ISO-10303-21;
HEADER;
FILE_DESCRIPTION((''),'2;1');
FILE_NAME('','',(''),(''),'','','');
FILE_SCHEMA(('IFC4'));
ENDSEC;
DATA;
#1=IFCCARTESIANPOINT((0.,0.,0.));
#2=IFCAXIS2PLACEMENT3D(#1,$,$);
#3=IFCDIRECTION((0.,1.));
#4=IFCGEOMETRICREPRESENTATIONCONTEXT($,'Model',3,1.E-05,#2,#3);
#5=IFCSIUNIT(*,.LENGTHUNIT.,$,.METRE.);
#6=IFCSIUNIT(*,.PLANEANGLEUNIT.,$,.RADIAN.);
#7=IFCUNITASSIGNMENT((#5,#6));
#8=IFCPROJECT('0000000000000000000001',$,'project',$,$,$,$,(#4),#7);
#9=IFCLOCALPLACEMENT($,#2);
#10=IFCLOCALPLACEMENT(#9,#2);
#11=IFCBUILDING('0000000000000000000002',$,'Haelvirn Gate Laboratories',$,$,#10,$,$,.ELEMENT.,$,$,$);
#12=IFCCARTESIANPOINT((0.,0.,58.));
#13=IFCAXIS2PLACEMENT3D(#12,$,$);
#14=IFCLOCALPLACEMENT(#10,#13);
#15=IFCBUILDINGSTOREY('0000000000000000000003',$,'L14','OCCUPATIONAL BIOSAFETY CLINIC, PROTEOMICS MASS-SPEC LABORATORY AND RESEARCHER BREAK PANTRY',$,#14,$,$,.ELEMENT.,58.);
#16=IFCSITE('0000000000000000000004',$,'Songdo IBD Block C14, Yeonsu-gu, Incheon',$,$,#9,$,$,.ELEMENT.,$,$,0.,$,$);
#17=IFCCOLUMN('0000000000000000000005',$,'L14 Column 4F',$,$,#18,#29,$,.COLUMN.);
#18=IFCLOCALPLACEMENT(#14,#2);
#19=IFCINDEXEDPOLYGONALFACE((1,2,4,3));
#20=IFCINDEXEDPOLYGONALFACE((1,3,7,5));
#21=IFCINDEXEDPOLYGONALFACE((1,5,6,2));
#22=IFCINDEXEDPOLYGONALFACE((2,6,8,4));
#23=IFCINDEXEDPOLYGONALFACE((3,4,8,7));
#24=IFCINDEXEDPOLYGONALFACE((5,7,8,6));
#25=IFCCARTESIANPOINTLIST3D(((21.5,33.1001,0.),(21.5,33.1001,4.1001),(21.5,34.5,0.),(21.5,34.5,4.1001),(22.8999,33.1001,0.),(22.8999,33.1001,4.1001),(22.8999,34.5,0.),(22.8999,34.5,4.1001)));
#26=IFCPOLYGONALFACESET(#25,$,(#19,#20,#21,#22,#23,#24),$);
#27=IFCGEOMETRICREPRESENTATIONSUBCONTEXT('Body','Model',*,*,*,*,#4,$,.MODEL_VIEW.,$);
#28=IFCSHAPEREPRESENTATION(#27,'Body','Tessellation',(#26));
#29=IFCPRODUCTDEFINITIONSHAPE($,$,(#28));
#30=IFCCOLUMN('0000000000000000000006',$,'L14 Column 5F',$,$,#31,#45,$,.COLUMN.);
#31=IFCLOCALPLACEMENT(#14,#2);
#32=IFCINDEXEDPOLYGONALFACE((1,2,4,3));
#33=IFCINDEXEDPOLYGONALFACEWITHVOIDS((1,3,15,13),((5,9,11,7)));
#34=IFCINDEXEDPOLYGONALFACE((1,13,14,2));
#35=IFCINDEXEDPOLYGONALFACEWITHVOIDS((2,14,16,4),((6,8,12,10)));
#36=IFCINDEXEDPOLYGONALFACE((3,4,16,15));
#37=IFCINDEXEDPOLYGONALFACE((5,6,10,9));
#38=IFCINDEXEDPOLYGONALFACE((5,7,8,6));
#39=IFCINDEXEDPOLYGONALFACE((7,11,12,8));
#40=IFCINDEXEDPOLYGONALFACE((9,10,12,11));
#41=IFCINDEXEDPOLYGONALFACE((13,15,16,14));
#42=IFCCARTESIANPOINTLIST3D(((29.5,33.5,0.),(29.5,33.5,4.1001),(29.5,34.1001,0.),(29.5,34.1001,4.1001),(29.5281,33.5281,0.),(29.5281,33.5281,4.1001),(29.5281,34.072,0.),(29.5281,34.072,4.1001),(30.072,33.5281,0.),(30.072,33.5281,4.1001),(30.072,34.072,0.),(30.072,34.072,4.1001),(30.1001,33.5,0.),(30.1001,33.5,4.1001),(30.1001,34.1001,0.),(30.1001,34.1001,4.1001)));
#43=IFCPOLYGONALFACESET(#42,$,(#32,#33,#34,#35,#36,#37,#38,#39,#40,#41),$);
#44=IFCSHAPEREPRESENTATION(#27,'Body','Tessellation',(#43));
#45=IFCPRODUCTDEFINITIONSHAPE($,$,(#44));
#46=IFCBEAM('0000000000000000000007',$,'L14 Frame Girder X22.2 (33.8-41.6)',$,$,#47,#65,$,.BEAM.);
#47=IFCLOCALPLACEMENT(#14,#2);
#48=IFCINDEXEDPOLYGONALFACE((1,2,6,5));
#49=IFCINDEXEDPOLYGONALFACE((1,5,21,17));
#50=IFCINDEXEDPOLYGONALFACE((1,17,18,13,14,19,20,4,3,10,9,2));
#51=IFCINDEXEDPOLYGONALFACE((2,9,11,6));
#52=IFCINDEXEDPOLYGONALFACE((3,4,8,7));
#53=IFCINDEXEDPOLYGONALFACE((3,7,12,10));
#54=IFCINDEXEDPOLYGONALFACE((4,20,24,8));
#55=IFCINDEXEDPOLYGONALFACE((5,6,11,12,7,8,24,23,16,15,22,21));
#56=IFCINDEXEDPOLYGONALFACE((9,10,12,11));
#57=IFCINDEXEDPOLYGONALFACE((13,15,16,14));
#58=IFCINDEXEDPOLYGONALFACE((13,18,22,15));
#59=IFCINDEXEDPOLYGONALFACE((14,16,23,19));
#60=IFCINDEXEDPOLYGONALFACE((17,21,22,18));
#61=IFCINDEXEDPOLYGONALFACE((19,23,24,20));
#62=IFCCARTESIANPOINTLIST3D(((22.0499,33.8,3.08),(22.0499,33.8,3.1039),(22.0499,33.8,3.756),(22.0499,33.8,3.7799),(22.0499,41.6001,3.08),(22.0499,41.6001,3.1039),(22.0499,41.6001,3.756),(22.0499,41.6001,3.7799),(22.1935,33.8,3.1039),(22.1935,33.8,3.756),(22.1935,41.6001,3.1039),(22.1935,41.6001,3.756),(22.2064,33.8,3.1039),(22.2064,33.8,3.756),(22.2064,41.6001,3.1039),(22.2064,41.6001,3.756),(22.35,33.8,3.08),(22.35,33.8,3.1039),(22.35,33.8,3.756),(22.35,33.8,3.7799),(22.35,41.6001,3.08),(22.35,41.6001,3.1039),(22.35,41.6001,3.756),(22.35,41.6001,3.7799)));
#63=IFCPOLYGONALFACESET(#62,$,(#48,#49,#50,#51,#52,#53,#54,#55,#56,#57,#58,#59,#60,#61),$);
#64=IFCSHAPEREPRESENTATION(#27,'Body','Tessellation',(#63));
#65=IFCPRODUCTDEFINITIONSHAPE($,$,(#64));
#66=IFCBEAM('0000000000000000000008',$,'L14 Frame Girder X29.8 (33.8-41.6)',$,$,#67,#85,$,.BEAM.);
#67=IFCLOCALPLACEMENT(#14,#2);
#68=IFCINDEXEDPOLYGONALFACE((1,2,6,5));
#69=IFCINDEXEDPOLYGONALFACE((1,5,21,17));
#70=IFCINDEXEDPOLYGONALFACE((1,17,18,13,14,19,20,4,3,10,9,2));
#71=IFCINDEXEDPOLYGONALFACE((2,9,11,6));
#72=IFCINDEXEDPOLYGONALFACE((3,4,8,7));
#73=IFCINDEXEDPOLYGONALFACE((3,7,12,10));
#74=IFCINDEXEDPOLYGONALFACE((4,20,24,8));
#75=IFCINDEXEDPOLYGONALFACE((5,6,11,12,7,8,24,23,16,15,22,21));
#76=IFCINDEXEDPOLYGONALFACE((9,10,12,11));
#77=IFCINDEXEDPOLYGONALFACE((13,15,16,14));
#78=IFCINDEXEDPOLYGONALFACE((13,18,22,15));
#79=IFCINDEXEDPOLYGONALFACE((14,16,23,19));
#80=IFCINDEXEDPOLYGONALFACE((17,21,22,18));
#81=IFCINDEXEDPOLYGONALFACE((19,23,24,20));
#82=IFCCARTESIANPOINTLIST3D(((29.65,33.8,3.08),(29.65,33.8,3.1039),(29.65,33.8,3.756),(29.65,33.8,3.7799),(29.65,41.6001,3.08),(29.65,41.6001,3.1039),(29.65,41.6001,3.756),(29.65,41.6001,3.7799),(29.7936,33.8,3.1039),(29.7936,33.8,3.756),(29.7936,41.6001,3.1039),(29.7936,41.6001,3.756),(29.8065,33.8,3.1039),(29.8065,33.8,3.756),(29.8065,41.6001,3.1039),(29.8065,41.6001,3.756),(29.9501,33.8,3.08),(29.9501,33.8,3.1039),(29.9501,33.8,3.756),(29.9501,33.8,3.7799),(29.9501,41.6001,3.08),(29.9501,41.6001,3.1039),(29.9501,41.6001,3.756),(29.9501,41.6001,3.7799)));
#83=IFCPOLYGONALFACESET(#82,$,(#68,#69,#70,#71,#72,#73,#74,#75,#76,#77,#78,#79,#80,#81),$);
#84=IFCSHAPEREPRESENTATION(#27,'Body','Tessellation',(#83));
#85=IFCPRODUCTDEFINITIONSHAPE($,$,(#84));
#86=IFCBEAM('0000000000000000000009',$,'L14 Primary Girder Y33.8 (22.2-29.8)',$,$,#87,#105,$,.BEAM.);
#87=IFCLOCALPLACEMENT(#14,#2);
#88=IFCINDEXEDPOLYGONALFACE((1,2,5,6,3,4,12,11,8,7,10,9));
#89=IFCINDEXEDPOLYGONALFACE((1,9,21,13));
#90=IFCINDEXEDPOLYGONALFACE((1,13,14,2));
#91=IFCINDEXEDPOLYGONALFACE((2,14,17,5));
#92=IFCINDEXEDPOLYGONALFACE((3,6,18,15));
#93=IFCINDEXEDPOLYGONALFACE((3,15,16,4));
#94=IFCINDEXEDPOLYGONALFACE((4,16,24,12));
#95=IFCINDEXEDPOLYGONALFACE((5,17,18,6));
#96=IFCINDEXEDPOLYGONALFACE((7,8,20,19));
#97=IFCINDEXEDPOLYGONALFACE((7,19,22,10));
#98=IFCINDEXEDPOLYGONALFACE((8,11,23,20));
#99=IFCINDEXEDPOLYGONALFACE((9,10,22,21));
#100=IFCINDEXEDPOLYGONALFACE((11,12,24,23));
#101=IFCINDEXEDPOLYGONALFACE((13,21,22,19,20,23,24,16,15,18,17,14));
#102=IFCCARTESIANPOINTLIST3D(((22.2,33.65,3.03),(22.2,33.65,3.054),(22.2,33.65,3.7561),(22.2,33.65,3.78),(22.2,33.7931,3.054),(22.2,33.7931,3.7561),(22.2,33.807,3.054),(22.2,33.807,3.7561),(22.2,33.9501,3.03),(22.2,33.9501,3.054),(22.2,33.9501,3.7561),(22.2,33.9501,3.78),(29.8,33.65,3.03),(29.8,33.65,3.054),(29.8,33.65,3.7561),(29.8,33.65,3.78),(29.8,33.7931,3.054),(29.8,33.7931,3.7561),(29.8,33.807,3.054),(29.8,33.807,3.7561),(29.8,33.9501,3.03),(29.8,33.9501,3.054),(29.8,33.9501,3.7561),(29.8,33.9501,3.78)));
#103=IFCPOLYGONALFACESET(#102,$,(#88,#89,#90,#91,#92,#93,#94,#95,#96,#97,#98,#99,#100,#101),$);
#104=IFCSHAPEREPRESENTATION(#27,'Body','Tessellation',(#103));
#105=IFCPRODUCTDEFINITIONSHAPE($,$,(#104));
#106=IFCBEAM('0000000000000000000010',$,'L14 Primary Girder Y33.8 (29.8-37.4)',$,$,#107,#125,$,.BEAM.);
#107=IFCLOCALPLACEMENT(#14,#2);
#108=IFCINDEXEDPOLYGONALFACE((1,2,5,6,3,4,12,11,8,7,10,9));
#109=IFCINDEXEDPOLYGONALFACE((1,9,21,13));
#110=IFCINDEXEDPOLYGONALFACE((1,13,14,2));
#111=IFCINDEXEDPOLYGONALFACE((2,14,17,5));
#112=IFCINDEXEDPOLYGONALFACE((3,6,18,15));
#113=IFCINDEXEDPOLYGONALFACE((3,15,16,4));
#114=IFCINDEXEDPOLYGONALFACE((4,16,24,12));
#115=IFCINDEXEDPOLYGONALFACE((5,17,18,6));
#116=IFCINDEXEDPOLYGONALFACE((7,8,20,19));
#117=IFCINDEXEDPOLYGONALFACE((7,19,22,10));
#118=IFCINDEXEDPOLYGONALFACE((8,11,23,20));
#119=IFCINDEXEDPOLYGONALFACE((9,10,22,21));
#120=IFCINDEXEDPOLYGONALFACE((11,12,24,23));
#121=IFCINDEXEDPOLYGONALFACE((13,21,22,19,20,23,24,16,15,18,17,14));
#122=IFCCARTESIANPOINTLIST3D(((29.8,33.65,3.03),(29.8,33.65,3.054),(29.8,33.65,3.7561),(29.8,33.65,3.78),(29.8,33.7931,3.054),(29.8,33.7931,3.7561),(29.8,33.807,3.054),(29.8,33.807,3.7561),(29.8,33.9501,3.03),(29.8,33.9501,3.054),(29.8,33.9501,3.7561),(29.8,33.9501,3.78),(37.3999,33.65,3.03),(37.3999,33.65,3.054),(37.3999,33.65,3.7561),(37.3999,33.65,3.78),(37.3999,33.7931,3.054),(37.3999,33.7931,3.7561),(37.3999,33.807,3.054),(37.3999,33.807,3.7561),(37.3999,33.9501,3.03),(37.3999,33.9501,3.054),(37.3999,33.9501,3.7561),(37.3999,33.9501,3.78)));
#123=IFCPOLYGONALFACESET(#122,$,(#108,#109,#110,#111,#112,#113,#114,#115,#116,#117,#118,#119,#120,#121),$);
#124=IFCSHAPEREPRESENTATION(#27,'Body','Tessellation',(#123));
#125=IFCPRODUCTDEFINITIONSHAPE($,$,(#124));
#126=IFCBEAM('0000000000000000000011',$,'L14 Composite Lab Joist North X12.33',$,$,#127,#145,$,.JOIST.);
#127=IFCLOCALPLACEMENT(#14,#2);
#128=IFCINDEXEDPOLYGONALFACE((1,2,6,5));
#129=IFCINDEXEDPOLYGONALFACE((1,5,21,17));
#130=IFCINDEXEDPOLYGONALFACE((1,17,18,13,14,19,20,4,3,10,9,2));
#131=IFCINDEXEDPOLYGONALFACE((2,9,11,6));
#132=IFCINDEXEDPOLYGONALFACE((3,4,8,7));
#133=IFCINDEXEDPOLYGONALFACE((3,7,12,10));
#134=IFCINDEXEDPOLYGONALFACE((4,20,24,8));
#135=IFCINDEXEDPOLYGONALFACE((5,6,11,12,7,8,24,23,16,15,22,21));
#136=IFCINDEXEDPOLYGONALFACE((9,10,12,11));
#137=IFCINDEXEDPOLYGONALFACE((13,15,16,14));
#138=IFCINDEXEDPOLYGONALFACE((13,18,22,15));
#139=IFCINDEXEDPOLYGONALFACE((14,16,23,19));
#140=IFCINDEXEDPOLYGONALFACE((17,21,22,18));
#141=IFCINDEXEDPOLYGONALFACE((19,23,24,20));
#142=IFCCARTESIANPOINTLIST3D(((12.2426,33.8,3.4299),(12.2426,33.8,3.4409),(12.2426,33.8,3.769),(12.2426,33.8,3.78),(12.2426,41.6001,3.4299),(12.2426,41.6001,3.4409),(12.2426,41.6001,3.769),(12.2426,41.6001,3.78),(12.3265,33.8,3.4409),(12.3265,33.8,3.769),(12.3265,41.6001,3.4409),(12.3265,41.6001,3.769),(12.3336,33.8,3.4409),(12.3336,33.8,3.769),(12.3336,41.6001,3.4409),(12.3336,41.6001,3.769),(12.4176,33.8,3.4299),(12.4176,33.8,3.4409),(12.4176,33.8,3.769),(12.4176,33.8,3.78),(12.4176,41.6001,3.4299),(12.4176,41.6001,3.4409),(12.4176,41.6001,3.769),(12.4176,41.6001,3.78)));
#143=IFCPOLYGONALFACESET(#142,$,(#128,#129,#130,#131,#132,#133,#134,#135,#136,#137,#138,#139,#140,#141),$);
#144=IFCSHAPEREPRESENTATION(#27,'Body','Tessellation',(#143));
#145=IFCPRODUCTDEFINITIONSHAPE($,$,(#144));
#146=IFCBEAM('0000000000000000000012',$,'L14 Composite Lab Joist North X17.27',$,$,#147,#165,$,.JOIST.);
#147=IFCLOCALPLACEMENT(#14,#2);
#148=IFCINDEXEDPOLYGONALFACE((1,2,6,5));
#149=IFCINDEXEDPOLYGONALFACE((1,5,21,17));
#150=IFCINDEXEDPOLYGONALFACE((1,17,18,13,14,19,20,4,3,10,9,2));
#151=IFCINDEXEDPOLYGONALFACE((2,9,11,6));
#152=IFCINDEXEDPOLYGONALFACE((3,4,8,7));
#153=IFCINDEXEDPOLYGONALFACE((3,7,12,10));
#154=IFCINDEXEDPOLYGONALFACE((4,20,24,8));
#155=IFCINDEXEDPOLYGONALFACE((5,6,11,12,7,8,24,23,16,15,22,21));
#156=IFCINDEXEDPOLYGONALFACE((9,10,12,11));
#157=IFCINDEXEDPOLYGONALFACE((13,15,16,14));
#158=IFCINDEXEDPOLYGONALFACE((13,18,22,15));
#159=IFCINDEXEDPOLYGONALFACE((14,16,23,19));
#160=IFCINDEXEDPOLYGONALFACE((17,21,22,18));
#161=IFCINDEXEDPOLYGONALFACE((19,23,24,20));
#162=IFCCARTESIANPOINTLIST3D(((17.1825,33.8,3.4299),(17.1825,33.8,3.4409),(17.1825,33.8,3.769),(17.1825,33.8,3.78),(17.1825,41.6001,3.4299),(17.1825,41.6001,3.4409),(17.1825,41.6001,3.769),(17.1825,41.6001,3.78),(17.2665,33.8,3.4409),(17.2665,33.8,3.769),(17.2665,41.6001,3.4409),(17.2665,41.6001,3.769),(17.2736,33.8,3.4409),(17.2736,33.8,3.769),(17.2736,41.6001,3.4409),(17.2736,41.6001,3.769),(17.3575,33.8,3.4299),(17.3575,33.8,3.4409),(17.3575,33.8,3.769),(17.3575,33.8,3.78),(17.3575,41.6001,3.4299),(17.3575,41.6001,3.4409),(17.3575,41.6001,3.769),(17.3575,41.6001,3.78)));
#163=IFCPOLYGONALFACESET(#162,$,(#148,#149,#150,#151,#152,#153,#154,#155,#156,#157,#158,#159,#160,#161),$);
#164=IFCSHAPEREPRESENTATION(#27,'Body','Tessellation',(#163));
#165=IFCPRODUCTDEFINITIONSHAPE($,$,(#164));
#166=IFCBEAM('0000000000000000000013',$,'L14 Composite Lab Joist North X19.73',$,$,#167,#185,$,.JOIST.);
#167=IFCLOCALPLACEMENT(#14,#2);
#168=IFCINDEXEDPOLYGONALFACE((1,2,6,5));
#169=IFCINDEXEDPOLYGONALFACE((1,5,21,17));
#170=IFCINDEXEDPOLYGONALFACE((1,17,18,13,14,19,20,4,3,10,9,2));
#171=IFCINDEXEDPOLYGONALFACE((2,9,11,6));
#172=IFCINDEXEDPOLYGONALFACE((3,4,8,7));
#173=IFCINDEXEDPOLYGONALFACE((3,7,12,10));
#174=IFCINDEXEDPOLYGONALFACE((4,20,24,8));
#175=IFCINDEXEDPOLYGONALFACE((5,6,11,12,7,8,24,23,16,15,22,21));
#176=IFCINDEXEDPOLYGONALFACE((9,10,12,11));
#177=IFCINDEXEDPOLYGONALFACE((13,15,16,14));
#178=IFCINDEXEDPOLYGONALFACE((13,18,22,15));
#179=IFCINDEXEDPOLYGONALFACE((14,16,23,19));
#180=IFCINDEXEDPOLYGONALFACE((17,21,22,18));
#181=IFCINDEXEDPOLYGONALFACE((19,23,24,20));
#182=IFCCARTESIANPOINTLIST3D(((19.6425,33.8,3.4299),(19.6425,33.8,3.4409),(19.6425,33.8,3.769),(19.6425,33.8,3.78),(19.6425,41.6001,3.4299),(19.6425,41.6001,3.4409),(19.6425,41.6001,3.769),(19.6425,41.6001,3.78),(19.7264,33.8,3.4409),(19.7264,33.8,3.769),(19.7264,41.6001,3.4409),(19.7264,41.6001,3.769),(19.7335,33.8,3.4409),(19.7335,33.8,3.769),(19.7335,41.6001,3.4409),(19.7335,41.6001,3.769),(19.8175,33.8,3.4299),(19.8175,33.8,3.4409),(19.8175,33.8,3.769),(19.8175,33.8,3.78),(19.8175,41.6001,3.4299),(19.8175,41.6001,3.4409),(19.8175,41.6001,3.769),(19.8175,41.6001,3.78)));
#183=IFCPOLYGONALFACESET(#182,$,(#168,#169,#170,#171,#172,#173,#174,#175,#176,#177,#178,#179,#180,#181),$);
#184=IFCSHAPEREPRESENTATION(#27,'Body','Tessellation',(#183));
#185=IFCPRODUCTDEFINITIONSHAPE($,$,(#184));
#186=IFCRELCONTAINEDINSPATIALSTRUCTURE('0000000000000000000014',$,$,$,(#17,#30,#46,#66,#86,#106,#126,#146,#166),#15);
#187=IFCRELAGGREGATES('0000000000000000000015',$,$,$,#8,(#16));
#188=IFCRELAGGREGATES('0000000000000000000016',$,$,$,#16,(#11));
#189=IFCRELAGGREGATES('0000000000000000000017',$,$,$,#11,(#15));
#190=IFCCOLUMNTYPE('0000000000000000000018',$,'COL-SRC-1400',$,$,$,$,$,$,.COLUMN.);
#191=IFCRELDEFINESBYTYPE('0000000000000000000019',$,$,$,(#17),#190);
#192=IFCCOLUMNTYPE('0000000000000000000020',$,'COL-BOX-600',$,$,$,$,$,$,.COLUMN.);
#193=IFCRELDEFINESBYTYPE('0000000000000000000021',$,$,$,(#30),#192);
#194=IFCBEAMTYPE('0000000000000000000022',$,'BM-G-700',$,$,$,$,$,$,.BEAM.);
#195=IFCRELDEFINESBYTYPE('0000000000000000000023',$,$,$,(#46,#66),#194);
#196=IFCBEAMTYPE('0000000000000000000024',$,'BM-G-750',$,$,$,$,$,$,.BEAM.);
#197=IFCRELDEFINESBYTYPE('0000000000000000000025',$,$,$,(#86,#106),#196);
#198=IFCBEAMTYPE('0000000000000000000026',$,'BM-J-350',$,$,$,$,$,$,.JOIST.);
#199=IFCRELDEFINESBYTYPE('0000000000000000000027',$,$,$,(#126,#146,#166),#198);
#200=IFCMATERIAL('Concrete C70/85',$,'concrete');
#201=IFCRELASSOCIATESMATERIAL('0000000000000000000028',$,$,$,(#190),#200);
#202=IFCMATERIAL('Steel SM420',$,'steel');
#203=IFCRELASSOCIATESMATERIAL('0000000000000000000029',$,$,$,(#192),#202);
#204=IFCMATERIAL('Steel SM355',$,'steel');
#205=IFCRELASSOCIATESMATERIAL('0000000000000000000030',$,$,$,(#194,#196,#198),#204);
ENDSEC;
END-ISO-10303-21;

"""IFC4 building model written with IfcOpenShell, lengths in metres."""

from ifc_helpers import new_model, si_unit, direction, frame, origin, origin_2d, place, context, subcontext, project, spatial, rectangle, hollow_rectangle, i_section, extrude, source, transform, mapped, material, material_profile, profile_set, type_object, type_shapes, element, save


model = new_model("IFC4")

# Units and contexts
model_context = context("Model", 3, precision=1e-05, world=origin(), true_north=direction((0.0, 1.0)))
body_context = subcontext(model_context, "Body", "Model", "MODEL_VIEW")
ifc_project = project(units=[si_unit("LENGTHUNIT", "METRE"), si_unit("PLANEANGLEUNIT", "RADIAN")], contexts=[model_context])

# Site, building, storey
site_placement = place(None, origin())
site = spatial("IfcSite", under=ifc_project, at=site_placement, Name="Songdo IBD Block C14, Yeonsu-gu, Incheon", CompositionType="ELEMENT", RefElevation=0.0)
building_placement = place(site_placement, origin())
building = spatial("IfcBuilding", under=site, at=building_placement, Name="Haelvirn Gate Laboratories", CompositionType="ELEMENT")
storey_placement = place(building_placement, frame((0.0, 0.0, 58.0)))
storey = spatial("IfcBuildingStorey", under=building, at=storey_placement, Name="L14", Description="OCCUPATIONAL BIOSAFETY CLINIC, PROTEOMICS MASS-SPEC LABORATORY AND RESEARCHER BREAK PANTRY", CompositionType="ELEMENT", Elevation=58.0)

# Columns
ifc_material_1 = material(Name="Concrete C70/85", Category="concrete")
ifc_material_profile_1 = material_profile(ifc_material_1, rectangle(XDim=1.3999, YDim=1.3999, at=origin_2d()), Name="SRC-1400x1400")
ifc_profile_set_1 = profile_set([ifc_material_profile_1], Name="Concrete C70/85")
column_type_1 = type_object("IfcColumnType", Name="COL-SRC-1400", PredefinedType="COLUMN", material=ifc_profile_set_1)
shared_shape_1 = source(origin(), body_context, "Body", "SweptSolid", [
    extrude(rectangle(XDim=1.3999, YDim=1.3999, at=origin_2d()), origin(), (0.0, 0.0, 1.0), 4.1001),
])
type_shapes(column_type_1, [shared_shape_1])
column_1_placement = place(storey_placement, frame((22.2, 33.8, 0.0), z_axis=(0.0, 0.0, 1.0), x_axis=(1.0, 0.0, 0.0)))
element("IfcColumn", 1, at=column_1_placement, inside=storey, type_object=column_type_1, Name="L14 Column 4F", PredefinedType="COLUMN", context=body_context, shape_type="MappedRepresentation", body=[
    mapped(shared_shape_1, transform((0.0, 0.0, 0.0), scale=1.0)),
])
ifc_material_2 = material(Name="Steel SM420", Category="steel")
ifc_material_profile_2 = material_profile(ifc_material_2, hollow_rectangle(XDim=0.6001, YDim=0.6001, WallThickness=0.0281, at=origin_2d()), Name="BOX-600x600x28")
ifc_profile_set_2 = profile_set([ifc_material_profile_2], Name="Steel SM420")
column_type_2 = type_object("IfcColumnType", Name="COL-BOX-600", PredefinedType="COLUMN", material=ifc_profile_set_2)
shared_shape_2 = source(origin(), body_context, "Body", "SweptSolid", [
    extrude(hollow_rectangle(XDim=0.6001, YDim=0.6001, WallThickness=0.0281, at=origin_2d()), origin(), (0.0, 0.0, 1.0), 4.1001),
])
type_shapes(column_type_2, [shared_shape_2])
column_2_placement = place(storey_placement, frame((29.8, 33.8, 0.0), z_axis=(0.0, 0.0, 1.0), x_axis=(1.0, 0.0, 0.0)))
element("IfcColumn", 2, at=column_2_placement, inside=storey, type_object=column_type_2, Name="L14 Column 5F", PredefinedType="COLUMN", context=body_context, shape_type="MappedRepresentation", body=[
    mapped(shared_shape_2, transform((0.0, 0.0, 0.0), scale=1.0)),
])

# Beams
ifc_material_3 = material(Name="Steel SM355", Category="steel")
ifc_material_profile_3 = material_profile(ifc_material_3, i_section(OverallWidth=0.3, OverallDepth=0.7, WebThickness=0.0129, FlangeThickness=0.0239, at=origin_2d()), Name="H-700x300x13x24")
ifc_profile_set_3 = profile_set([ifc_material_profile_3], Name="Steel SM355")
beam_type_1 = type_object("IfcBeamType", Name="BM-G-700", PredefinedType="BEAM", material=ifc_profile_set_3)
shared_shape_3 = source(origin(), body_context, "Body", "SweptSolid", [
    extrude(i_section(OverallWidth=0.3, OverallDepth=0.7, WebThickness=0.0129, FlangeThickness=0.0239, at=origin_2d()), origin(), (0.0, 0.0, 1.0), 7.8),
])
type_shapes(beam_type_1, [shared_shape_3])
for number, where, z_axis, x_axis, name in (
    (3, (22.2, 33.8, 3.4299), (0.0, 1.0, 0.0), (-1.0, 0.0, 0.0), "L14 Frame Girder X22.2 (33.8-41.6)"),
    (4, (29.8, 33.8, 3.4299), (0.0, 1.0, 0.0), (-1.0, 0.0, 0.0), "L14 Frame Girder X29.8 (33.8-41.6)"),
):
    element("IfcBeam", number, at=place(storey_placement, frame(where, z_axis=z_axis, x_axis=x_axis)), inside=storey, type_object=beam_type_1, Name=name, PredefinedType="BEAM", context=body_context, shape_type="MappedRepresentation", body=[
        mapped(shared_shape_3, transform((0.0, 0.0, 0.0), scale=1.0)),
    ])
ifc_material_profile_4 = material_profile(ifc_material_3, i_section(OverallWidth=0.3, OverallDepth=0.75, WebThickness=0.0139, FlangeThickness=0.0239, at=origin_2d()), Name="H-750x300x14x24")
ifc_profile_set_4 = profile_set([ifc_material_profile_4], Name="Steel SM355")
beam_type_2 = type_object("IfcBeamType", Name="BM-G-750", PredefinedType="BEAM", material=ifc_profile_set_4)
shared_shape_4 = source(origin(), body_context, "Body", "SweptSolid", [
    extrude(i_section(OverallWidth=0.3, OverallDepth=0.75, WebThickness=0.0139, FlangeThickness=0.0239, at=origin_2d()), origin(), (0.0, 0.0, 1.0), 7.6001),
])
beam_1_placement = place(storey_placement, frame((22.2, 33.8, 3.405), z_axis=(1.0, 0.0, 0.0), x_axis=(0.0, 1.0, 0.0)))
element("IfcBeam", 5, at=beam_1_placement, inside=storey, type_object=beam_type_2, Name="L14 Primary Girder Y33.8 (22.2-29.8)", PredefinedType="BEAM", context=body_context, shape_type="MappedRepresentation", body=[
    mapped(shared_shape_4, transform((0.0, 0.0, 0.0), scale=1.0)),
])
shared_shape_5 = source(origin(), body_context, "Body", "SweptSolid", [
    extrude(i_section(OverallWidth=0.3, OverallDepth=0.75, WebThickness=0.0139, FlangeThickness=0.0239, at=origin_2d()), origin(), (0.0, 0.0, 1.0), 7.5999),
])
type_shapes(beam_type_2, [shared_shape_4, shared_shape_5])
beam_2_placement = place(storey_placement, frame((29.8, 33.8, 3.405), z_axis=(1.0, 0.0, 0.0), x_axis=(0.0, 1.0, 0.0)))
element("IfcBeam", 6, at=beam_2_placement, inside=storey, type_object=beam_type_2, Name="L14 Primary Girder Y33.8 (29.8-37.4)", PredefinedType="BEAM", context=body_context, shape_type="MappedRepresentation", body=[
    mapped(shared_shape_5, transform((0.0, 0.0, 0.0), scale=1.0)),
])
ifc_material_profile_5 = material_profile(ifc_material_3, i_section(OverallWidth=0.175, OverallDepth=0.3501, WebThickness=0.0071, FlangeThickness=0.011, at=origin_2d()), Name="H-350x175x7x11")
ifc_profile_set_5 = profile_set([ifc_material_profile_5], Name="Steel SM355")
beam_type_3 = type_object("IfcBeamType", Name="BM-J-350", PredefinedType="JOIST", material=ifc_profile_set_5)
shared_shape_6 = source(origin(), body_context, "Body", "SweptSolid", [
    extrude(i_section(OverallWidth=0.175, OverallDepth=0.3501, WebThickness=0.0071, FlangeThickness=0.011, at=origin_2d()), origin(), (0.0, 0.0, 1.0), 7.8),
])
type_shapes(beam_type_3, [shared_shape_6])
for number, where, z_axis, x_axis, name in (
    (7, (12.3301, 33.8, 3.605), (0.0, 1.0, 0.0), (-1.0, 0.0, 0.0), "L14 Composite Lab Joist North X12.33"),
    (8, (17.27, 33.8, 3.605), (0.0, 1.0, 0.0), (-1.0, 0.0, 0.0), "L14 Composite Lab Joist North X17.27"),
    (9, (19.73, 33.8, 3.605), (0.0, 1.0, 0.0), (-1.0, 0.0, 0.0), "L14 Composite Lab Joist North X19.73"),
):
    element("IfcBeam", number, at=place(storey_placement, frame(where, z_axis=z_axis, x_axis=x_axis)), inside=storey, type_object=beam_type_3, Name=name, PredefinedType="JOIST", context=body_context, shape_type="MappedRepresentation", body=[
        mapped(shared_shape_6, transform((0.0, 0.0, 0.0), scale=1.0)),
    ])

save(model, "model.ifc")
